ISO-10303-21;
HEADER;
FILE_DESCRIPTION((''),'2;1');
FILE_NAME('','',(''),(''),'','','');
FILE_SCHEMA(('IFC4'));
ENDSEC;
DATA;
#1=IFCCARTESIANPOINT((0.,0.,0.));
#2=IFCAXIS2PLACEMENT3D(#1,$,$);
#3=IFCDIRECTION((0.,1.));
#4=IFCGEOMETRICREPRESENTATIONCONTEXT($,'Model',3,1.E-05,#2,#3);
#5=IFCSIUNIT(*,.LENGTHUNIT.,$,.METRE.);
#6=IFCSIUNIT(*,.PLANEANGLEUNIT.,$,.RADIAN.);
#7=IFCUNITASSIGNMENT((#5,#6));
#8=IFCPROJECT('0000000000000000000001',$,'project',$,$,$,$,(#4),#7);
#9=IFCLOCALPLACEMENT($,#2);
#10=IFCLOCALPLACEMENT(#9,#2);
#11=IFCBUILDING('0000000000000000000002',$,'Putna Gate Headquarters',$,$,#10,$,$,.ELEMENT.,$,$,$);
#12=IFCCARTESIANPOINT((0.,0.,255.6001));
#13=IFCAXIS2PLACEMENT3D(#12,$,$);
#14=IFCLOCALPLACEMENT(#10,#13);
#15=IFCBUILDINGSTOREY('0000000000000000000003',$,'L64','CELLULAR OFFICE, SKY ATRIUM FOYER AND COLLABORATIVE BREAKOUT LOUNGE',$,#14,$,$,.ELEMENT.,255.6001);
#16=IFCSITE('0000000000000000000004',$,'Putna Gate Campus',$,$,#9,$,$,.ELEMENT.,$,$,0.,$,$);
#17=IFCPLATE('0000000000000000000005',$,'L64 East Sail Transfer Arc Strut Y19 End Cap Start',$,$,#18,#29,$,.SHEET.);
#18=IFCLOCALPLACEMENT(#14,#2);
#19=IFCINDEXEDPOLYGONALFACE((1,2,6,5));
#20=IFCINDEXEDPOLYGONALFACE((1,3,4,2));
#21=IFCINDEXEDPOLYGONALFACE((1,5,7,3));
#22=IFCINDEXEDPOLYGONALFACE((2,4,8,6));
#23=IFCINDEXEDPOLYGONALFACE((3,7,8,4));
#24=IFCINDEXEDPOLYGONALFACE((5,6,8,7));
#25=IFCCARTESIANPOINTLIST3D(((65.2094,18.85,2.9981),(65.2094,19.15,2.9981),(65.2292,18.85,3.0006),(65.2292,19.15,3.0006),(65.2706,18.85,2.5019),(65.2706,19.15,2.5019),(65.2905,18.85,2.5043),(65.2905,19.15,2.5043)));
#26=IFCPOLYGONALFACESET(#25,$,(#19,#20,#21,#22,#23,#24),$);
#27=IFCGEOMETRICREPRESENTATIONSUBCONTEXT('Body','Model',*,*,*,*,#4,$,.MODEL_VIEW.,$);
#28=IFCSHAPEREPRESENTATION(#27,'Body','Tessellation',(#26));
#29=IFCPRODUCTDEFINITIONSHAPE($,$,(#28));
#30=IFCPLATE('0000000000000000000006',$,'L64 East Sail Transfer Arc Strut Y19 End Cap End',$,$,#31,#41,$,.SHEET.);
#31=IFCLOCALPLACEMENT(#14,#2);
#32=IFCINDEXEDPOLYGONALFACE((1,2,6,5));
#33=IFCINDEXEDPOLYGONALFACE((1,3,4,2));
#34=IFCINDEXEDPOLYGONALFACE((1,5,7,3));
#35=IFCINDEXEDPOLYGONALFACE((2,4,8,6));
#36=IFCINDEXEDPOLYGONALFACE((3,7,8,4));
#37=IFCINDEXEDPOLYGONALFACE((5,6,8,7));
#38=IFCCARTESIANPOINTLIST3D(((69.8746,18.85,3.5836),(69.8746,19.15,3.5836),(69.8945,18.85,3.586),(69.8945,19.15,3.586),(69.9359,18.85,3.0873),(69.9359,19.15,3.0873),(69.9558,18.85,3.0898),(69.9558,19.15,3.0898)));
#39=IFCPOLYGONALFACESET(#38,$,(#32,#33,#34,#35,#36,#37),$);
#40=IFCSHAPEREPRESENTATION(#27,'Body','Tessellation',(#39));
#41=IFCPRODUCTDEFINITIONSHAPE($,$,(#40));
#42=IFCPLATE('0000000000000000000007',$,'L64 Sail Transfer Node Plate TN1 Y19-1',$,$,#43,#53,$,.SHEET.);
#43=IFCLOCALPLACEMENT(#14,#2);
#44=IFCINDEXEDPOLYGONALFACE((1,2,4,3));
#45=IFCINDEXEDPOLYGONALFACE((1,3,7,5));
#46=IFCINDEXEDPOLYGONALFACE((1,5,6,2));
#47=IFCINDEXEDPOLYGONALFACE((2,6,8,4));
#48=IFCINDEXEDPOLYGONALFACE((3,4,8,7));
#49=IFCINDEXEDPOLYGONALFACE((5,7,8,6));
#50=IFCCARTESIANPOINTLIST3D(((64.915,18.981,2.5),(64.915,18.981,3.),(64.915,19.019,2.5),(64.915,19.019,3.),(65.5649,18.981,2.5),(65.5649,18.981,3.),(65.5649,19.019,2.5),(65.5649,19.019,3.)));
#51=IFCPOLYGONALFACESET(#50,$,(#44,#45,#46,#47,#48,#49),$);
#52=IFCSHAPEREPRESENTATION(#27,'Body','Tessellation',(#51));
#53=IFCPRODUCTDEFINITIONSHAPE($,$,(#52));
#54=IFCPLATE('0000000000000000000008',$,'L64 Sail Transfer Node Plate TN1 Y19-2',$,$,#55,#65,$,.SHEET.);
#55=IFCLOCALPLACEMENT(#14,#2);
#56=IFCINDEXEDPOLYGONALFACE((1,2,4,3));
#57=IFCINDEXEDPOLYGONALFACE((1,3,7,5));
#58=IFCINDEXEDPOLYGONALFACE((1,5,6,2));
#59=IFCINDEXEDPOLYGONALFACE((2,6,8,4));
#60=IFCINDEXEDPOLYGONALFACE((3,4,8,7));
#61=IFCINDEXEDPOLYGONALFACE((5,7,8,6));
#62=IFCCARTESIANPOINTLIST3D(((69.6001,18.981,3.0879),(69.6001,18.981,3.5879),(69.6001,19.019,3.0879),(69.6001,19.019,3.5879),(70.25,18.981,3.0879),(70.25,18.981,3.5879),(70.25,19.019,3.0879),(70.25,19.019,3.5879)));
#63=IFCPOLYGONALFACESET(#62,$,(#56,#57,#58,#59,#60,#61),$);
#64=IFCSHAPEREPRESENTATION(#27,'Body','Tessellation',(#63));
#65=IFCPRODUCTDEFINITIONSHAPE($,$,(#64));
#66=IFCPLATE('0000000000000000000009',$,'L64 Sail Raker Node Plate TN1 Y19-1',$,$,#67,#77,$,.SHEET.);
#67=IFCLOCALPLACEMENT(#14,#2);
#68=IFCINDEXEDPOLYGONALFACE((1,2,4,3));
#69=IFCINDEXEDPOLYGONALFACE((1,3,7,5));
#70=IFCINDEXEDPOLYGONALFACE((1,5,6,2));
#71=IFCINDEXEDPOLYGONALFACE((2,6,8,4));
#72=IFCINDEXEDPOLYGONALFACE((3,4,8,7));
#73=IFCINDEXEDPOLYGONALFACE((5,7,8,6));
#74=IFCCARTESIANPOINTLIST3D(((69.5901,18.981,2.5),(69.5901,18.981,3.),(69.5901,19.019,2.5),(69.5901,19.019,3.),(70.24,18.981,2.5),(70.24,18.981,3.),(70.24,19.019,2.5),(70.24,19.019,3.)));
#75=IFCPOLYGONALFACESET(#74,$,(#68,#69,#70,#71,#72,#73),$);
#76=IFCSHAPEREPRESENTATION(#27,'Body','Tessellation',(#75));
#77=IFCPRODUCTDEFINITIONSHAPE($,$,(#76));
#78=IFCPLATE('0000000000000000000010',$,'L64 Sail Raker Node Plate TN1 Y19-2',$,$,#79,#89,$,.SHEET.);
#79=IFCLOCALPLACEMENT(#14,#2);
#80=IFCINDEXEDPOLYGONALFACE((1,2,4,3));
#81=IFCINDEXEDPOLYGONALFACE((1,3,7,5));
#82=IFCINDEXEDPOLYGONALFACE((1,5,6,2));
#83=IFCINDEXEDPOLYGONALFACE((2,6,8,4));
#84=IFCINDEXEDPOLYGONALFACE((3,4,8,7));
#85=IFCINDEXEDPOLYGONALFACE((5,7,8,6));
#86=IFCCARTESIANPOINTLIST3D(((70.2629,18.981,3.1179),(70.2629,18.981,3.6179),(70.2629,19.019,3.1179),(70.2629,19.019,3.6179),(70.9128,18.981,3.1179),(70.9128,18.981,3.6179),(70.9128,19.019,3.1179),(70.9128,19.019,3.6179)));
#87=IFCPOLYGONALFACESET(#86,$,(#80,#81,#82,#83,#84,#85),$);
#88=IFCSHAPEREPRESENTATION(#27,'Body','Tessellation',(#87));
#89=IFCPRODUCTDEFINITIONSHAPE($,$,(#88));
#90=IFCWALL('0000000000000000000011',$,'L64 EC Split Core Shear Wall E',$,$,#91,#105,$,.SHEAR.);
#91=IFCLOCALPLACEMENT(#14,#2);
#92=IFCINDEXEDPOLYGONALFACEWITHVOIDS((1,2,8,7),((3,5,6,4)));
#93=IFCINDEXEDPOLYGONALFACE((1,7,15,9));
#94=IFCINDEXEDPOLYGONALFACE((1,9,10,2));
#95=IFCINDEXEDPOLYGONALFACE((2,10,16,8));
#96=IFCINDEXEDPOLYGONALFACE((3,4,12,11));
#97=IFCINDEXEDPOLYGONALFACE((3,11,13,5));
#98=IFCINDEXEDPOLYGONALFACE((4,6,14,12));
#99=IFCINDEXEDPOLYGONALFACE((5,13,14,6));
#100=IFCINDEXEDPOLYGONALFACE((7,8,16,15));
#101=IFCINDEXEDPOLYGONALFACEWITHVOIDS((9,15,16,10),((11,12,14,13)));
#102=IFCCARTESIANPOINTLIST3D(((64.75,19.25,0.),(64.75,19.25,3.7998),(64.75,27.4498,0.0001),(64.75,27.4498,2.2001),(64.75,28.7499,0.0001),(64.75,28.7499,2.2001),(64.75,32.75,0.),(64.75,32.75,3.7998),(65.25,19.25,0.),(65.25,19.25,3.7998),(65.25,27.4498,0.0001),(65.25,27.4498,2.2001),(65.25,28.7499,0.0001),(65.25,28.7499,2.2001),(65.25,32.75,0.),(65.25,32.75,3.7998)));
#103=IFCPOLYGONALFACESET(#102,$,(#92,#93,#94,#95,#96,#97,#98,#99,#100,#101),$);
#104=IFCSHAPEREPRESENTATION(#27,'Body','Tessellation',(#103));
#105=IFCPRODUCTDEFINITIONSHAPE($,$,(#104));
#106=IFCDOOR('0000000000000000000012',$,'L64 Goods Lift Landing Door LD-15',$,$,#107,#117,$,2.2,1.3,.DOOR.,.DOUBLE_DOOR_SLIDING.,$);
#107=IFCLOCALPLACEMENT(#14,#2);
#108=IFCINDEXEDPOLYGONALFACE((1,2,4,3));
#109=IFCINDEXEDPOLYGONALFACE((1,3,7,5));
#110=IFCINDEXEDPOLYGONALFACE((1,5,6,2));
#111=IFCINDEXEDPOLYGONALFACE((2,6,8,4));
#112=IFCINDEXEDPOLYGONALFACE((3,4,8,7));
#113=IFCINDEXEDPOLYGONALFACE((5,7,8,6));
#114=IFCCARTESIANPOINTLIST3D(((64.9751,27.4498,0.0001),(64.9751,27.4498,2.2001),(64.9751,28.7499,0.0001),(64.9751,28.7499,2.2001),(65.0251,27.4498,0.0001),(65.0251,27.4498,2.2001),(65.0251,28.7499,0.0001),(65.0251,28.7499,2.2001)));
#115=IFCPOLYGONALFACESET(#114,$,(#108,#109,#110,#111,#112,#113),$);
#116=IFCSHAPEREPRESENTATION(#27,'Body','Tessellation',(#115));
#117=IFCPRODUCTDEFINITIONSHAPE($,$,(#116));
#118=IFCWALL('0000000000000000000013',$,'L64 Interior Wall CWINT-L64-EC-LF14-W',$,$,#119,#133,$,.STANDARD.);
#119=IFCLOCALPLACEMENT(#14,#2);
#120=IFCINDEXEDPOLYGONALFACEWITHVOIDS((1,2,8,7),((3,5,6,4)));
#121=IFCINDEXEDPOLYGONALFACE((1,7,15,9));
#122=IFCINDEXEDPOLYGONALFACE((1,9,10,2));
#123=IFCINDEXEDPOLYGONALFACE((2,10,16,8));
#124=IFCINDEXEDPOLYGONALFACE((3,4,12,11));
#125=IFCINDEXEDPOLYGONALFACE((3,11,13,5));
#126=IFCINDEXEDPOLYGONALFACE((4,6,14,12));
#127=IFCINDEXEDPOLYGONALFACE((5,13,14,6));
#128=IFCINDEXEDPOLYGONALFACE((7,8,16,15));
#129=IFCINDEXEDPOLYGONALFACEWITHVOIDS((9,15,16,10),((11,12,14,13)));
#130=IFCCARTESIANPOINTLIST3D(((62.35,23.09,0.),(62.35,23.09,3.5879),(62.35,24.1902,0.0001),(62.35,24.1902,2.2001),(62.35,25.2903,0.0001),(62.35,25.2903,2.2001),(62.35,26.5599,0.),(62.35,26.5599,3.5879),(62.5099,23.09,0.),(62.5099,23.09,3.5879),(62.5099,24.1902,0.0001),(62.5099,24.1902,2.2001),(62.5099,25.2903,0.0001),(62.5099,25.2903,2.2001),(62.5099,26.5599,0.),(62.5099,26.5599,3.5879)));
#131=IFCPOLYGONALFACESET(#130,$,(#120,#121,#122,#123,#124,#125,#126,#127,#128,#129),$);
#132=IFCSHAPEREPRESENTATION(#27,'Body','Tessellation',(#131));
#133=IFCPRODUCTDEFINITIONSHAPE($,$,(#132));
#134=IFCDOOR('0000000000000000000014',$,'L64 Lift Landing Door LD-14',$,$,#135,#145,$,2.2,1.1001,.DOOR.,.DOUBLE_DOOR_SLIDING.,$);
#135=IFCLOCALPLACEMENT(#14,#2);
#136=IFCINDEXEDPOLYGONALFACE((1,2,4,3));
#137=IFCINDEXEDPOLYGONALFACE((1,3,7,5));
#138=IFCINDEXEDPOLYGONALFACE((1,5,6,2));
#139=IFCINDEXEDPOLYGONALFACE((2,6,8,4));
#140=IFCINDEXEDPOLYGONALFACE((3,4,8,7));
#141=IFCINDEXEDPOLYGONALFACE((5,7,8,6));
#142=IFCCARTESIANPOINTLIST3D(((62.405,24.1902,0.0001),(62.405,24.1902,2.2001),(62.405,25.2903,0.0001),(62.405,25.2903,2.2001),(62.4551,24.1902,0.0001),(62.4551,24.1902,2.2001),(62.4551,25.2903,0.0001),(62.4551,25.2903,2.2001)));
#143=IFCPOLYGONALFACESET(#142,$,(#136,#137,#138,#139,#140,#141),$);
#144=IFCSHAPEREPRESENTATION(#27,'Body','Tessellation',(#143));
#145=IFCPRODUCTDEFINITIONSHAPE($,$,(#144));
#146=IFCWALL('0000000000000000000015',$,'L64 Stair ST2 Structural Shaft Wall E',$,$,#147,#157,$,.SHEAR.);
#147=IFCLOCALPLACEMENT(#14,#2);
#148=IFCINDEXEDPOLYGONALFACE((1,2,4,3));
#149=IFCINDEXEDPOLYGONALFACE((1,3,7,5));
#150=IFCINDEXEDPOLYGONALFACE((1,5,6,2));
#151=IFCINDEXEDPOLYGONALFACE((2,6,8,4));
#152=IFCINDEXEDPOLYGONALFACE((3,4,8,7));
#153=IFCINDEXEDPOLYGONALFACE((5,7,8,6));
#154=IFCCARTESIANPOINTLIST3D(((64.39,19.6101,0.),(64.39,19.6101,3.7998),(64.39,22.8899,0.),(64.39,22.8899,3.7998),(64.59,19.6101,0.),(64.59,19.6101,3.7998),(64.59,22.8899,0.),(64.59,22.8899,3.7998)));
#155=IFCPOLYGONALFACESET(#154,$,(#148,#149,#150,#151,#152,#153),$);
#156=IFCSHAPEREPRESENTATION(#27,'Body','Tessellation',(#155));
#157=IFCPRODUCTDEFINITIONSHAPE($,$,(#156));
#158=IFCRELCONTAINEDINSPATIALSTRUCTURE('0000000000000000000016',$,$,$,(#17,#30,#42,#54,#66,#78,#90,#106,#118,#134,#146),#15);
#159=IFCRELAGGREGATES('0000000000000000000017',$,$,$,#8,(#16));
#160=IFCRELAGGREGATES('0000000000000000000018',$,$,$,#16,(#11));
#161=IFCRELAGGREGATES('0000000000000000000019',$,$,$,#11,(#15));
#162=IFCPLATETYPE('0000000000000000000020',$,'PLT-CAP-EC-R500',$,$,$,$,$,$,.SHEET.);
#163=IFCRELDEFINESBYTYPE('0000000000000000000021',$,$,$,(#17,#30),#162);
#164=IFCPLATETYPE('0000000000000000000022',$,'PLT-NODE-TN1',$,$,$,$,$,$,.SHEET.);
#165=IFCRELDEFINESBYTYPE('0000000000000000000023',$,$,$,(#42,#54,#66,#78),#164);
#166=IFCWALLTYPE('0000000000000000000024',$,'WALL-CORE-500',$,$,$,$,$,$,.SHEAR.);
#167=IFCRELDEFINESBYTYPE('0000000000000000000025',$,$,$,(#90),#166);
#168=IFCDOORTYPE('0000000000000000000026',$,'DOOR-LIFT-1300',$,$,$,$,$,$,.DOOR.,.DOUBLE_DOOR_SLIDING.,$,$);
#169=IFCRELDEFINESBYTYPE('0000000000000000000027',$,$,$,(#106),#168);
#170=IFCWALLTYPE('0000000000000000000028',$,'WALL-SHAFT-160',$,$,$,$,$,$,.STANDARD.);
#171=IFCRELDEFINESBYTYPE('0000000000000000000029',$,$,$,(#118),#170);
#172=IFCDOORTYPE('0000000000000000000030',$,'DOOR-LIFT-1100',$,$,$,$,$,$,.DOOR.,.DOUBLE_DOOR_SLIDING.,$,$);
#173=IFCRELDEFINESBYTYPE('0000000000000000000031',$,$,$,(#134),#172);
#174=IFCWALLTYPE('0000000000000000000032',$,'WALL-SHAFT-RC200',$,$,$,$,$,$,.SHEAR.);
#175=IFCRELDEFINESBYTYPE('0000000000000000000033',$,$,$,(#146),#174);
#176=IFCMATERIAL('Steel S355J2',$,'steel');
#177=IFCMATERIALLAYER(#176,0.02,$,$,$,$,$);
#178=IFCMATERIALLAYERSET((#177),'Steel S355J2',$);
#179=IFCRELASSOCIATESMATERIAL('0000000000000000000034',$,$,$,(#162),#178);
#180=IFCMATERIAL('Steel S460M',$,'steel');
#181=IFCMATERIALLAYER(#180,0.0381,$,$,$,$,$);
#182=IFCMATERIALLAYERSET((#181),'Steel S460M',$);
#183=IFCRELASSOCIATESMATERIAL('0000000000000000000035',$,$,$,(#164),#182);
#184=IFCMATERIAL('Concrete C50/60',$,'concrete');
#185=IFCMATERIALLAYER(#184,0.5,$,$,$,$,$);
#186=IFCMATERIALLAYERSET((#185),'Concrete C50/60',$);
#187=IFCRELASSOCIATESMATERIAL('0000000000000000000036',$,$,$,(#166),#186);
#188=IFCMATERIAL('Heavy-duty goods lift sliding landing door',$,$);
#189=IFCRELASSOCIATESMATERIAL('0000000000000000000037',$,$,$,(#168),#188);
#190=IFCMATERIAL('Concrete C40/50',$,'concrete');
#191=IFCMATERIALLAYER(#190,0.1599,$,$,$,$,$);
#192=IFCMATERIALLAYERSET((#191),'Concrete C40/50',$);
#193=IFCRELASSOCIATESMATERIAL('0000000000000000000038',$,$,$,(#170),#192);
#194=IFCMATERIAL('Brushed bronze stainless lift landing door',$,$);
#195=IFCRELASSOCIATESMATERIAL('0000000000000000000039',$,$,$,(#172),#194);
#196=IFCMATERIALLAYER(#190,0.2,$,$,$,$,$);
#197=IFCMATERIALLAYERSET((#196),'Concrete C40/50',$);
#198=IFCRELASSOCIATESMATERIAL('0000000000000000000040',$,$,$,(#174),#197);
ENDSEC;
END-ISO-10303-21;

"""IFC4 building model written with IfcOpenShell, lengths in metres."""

from ifc_helpers import new_model, si_unit, direction, frame, frame_2d, origin, origin_2d, place, context, subcontext, project, spatial, rectangle, extrude, material, layer, layer_set, type_object, element, fill, save


model = new_model("IFC4")

# Units and contexts
model_context = context("Model", 3, precision=1e-05, world=origin(), true_north=direction((0.0, 1.0)))
body_context = subcontext(model_context, "Body", "Model", "MODEL_VIEW")
ifc_project = project(units=[si_unit("LENGTHUNIT", "METRE"), si_unit("PLANEANGLEUNIT", "RADIAN")], contexts=[model_context])

# Site, building, storey
site_placement = place(None, origin())
site = spatial("IfcSite", under=ifc_project, at=site_placement, Name="Putna Gate Campus", CompositionType="ELEMENT", RefElevation=0.0)
building_placement = place(site_placement, origin())
building = spatial("IfcBuilding", under=site, at=building_placement, Name="Putna Gate Headquarters", CompositionType="ELEMENT")
storey_placement = place(building_placement, frame((0.0, 0.0, 255.6001)))
storey = spatial("IfcBuildingStorey", under=building, at=storey_placement, Name="L64", Description="CELLULAR OFFICE, SKY ATRIUM FOYER AND COLLABORATIVE BREAKOUT LOUNGE", CompositionType="ELEMENT", Elevation=255.6001)

# Shared definitions
ifc_material_1 = material(Name="Steel S460M", Category="steel")

# Shared definitions
ifc_material_2 = material(Name="Steel S355J2", Category="steel")

# Plates
ifc_layer_1 = layer(ifc_material_2, 0.02)
ifc_layer_set_1 = layer_set([ifc_layer_1], Name="Steel S355J2")
plate_type_1 = type_object("IfcPlateType", Name="PLT-CAP-EC-R500", PredefinedType="SHEET", material=ifc_layer_set_1)
for number, where, z_axis, x_axis, name in (
    (1, (65.24, 19.0, 2.75), (0.992465, 0.0, 0.122527), (0.0, 1.0, 0.0), "L64 East Sail Transfer Arc Strut Y19 End Cap Start"),
    (2, (69.9053, 19.0, 3.3354), (0.992465, 0.0, 0.122527), (0.0, 1.0, 0.0), "L64 East Sail Transfer Arc Strut Y19 End Cap End"),
):
    element("IfcPlate", number, at=place(storey_placement, frame(where, z_axis=z_axis, x_axis=x_axis)), inside=storey, type_object=plate_type_1, Name=name, PredefinedType="SHEET", context=body_context, shape_type="SweptSolid", body=[
        extrude(rectangle(XDim=0.3, YDim=0.5, at=origin_2d()), origin(), (0.0, 0.0, 1.0), 0.02),
    ])
ifc_layer_2 = layer(ifc_material_1, 0.0381)
ifc_layer_set_2 = layer_set([ifc_layer_2], Name="Steel S460M")
plate_type_2 = type_object("IfcPlateType", Name="PLT-NODE-TN1", PredefinedType="SHEET", material=ifc_layer_set_2)
for number, where, z_axis, x_axis, name in (
    (3, (65.24, 19.0, 2.5), (0.0, 0.0, 1.0), (1.0, 0.0, 0.0), "L64 Sail Transfer Node Plate TN1 Y19-1"),
    (4, (69.925, 19.0, 3.0879), (0.0, 0.0, 1.0), (1.0, 0.0, 0.0), "L64 Sail Transfer Node Plate TN1 Y19-2"),
    (5, (69.915, 19.0, 2.5), (0.0, 0.0, 1.0), (1.0, 0.0, 0.0), "L64 Sail Raker Node Plate TN1 Y19-1"),
    (6, (70.5879, 19.0, 3.1179), (0.0, 0.0, 1.0), (1.0, 0.0, 0.0), "L64 Sail Raker Node Plate TN1 Y19-2"),
):
    element("IfcPlate", number, at=place(storey_placement, frame(where, z_axis=z_axis, x_axis=x_axis)), inside=storey, type_object=plate_type_2, Name=name, PredefinedType="SHEET", context=body_context, shape_type="SweptSolid", body=[
        extrude(rectangle(XDim=0.6499, YDim=0.0381, at=origin_2d()), origin(), (0.0, 0.0, 1.0), 0.5),
    ])

# Walls, openings, doors
ifc_material_3 = material(Name="Concrete C50/60", Category="concrete")
ifc_layer_3 = layer(ifc_material_3, 0.5)
ifc_layer_set_3 = layer_set([ifc_layer_3], Name="Concrete C50/60")
wall_type_1 = type_object("IfcWallType", Name="WALL-CORE-500", PredefinedType="SHEAR", material=ifc_layer_set_3)
wall_1_placement = place(storey_placement, frame((65.0, 19.25, 0.0), z_axis=(0.0, 0.0, 1.0), x_axis=(0.0, 1.0, 0.0)))
wall_1 = element("IfcWall", 7, at=wall_1_placement, inside=storey, type_object=wall_type_1, Name="L64 EC Split Core Shear Wall E", PredefinedType="SHEAR", context=body_context, shape_type="SweptSolid", body=[
    extrude(rectangle(XDim=13.5, YDim=0.5, at=frame_2d((6.75, 0.0))), origin(), (0.0, 0.0, 1.0), 3.7998),
])
opening_1_placement = place(wall_1_placement, frame((8.2, 0.0, 0.0)))
opening_1 = element("IfcOpeningElement", 8, at=opening_1_placement, cuts=wall_1, PredefinedType="OPENING", context=body_context, shape_type="SweptSolid", body=[
    extrude(rectangle(XDim=1.3, YDim=2.2, at=frame_2d((0.6499, 1.1001))), frame((0.0, 0.26, 0.0), z_axis=(0.0, -1.0, 0.0), x_axis=(1.0, 0.0, 0.0)), (0.0, 0.0, 1.0), 0.52),
])
ifc_material_4 = material(Name="Heavy-duty goods lift sliding landing door")
door_type_1 = type_object("IfcDoorType", Name="DOOR-LIFT-1300", OperationType="DOUBLE_DOOR_SLIDING", PredefinedType="DOOR", material=ifc_material_4)
door_1_placement = place(opening_1_placement, origin())
door_1 = element("IfcDoor", 9, at=door_1_placement, inside=storey, type_object=door_type_1, Name="L64 Goods Lift Landing Door LD-15", OperationType="DOUBLE_DOOR_SLIDING", OverallHeight=2.2, OverallWidth=1.3, PredefinedType="DOOR", context=body_context, shape_type="SweptSolid", body=[
    extrude(rectangle(XDim=1.3, YDim=2.2, at=frame_2d((0.6499, 1.1001))), frame((0.0, 0.0249, 0.0), z_axis=(0.0, -1.0, 0.0), x_axis=(1.0, 0.0, 0.0)), (0.0, 0.0, 1.0), 0.05),
])
fill(opening_1, door_1)
ifc_material_5 = material(Name="Concrete C40/50", Category="concrete")
ifc_layer_4 = layer(ifc_material_5, 0.1599)
ifc_layer_set_4 = layer_set([ifc_layer_4], Name="Concrete C40/50")
wall_type_2 = type_object("IfcWallType", Name="WALL-SHAFT-160", PredefinedType="STANDARD", material=ifc_layer_set_4)
wall_2_placement = place(storey_placement, frame((62.4299, 23.0901, 0.0), z_axis=(0.0, 0.0, 1.0), x_axis=(0.0, 1.0, 0.0)))
wall_2 = element("IfcWall", 10, at=wall_2_placement, inside=storey, type_object=wall_type_2, Name="L64 Interior Wall CWINT-L64-EC-LF14-W", PredefinedType="STANDARD", context=body_context, shape_type="SweptSolid", body=[
    extrude(rectangle(XDim=3.47, YDim=0.1599, at=frame_2d((1.7349, 0.0))), origin(), (0.0, 0.0, 1.0), 3.5879),
])
opening_2_placement = place(wall_2_placement, frame((1.1001, 0.0, 0.0)))
opening_2 = element("IfcOpeningElement", 11, at=opening_2_placement, cuts=wall_2, PredefinedType="OPENING", context=body_context, shape_type="SweptSolid", body=[
    extrude(rectangle(XDim=1.1001, YDim=2.2, at=frame_2d((0.55, 1.1001))), frame((0.0, 0.0898, 0.0), z_axis=(0.0, -1.0, 0.0), x_axis=(1.0, 0.0, 0.0)), (0.0, 0.0, 1.0), 0.1799),
])
ifc_material_6 = material(Name="Brushed bronze stainless lift landing door")
door_type_2 = type_object("IfcDoorType", Name="DOOR-LIFT-1100", OperationType="DOUBLE_DOOR_SLIDING", PredefinedType="DOOR", material=ifc_material_6)
door_2_placement = place(opening_2_placement, origin())
door_2 = element("IfcDoor", 12, at=door_2_placement, inside=storey, type_object=door_type_2, Name="L64 Lift Landing Door LD-14", OperationType="DOUBLE_DOOR_SLIDING", OverallHeight=2.2, OverallWidth=1.1001, PredefinedType="DOOR", context=body_context, shape_type="SweptSolid", body=[
    extrude(rectangle(XDim=1.1001, YDim=2.2, at=frame_2d((0.55, 1.1001))), frame((0.0, 0.0249, 0.0), z_axis=(0.0, -1.0, 0.0), x_axis=(1.0, 0.0, 0.0)), (0.0, 0.0, 1.0), 0.05),
])
fill(opening_2, door_2)

# Wall
ifc_layer_5 = layer(ifc_material_5, 0.2)
ifc_layer_set_5 = layer_set([ifc_layer_5], Name="Concrete C40/50")
wall_type_3 = type_object("IfcWallType", Name="WALL-SHAFT-RC200", PredefinedType="SHEAR", material=ifc_layer_set_5)
wall_3_placement = place(storey_placement, frame((64.49, 19.6101, 0.0), z_axis=(0.0, 0.0, 1.0), x_axis=(0.0, 1.0, 0.0)))
element("IfcWall", 13, at=wall_3_placement, inside=storey, type_object=wall_type_3, Name="L64 Stair ST2 Structural Shaft Wall E", PredefinedType="SHEAR", context=body_context, shape_type="SweptSolid", body=[
    extrude(rectangle(XDim=3.2798, YDim=0.2, at=frame_2d((1.6399, 0.0))), origin(), (0.0, 0.0, 1.0), 3.7998),
])

save(model, "model.ifc")
